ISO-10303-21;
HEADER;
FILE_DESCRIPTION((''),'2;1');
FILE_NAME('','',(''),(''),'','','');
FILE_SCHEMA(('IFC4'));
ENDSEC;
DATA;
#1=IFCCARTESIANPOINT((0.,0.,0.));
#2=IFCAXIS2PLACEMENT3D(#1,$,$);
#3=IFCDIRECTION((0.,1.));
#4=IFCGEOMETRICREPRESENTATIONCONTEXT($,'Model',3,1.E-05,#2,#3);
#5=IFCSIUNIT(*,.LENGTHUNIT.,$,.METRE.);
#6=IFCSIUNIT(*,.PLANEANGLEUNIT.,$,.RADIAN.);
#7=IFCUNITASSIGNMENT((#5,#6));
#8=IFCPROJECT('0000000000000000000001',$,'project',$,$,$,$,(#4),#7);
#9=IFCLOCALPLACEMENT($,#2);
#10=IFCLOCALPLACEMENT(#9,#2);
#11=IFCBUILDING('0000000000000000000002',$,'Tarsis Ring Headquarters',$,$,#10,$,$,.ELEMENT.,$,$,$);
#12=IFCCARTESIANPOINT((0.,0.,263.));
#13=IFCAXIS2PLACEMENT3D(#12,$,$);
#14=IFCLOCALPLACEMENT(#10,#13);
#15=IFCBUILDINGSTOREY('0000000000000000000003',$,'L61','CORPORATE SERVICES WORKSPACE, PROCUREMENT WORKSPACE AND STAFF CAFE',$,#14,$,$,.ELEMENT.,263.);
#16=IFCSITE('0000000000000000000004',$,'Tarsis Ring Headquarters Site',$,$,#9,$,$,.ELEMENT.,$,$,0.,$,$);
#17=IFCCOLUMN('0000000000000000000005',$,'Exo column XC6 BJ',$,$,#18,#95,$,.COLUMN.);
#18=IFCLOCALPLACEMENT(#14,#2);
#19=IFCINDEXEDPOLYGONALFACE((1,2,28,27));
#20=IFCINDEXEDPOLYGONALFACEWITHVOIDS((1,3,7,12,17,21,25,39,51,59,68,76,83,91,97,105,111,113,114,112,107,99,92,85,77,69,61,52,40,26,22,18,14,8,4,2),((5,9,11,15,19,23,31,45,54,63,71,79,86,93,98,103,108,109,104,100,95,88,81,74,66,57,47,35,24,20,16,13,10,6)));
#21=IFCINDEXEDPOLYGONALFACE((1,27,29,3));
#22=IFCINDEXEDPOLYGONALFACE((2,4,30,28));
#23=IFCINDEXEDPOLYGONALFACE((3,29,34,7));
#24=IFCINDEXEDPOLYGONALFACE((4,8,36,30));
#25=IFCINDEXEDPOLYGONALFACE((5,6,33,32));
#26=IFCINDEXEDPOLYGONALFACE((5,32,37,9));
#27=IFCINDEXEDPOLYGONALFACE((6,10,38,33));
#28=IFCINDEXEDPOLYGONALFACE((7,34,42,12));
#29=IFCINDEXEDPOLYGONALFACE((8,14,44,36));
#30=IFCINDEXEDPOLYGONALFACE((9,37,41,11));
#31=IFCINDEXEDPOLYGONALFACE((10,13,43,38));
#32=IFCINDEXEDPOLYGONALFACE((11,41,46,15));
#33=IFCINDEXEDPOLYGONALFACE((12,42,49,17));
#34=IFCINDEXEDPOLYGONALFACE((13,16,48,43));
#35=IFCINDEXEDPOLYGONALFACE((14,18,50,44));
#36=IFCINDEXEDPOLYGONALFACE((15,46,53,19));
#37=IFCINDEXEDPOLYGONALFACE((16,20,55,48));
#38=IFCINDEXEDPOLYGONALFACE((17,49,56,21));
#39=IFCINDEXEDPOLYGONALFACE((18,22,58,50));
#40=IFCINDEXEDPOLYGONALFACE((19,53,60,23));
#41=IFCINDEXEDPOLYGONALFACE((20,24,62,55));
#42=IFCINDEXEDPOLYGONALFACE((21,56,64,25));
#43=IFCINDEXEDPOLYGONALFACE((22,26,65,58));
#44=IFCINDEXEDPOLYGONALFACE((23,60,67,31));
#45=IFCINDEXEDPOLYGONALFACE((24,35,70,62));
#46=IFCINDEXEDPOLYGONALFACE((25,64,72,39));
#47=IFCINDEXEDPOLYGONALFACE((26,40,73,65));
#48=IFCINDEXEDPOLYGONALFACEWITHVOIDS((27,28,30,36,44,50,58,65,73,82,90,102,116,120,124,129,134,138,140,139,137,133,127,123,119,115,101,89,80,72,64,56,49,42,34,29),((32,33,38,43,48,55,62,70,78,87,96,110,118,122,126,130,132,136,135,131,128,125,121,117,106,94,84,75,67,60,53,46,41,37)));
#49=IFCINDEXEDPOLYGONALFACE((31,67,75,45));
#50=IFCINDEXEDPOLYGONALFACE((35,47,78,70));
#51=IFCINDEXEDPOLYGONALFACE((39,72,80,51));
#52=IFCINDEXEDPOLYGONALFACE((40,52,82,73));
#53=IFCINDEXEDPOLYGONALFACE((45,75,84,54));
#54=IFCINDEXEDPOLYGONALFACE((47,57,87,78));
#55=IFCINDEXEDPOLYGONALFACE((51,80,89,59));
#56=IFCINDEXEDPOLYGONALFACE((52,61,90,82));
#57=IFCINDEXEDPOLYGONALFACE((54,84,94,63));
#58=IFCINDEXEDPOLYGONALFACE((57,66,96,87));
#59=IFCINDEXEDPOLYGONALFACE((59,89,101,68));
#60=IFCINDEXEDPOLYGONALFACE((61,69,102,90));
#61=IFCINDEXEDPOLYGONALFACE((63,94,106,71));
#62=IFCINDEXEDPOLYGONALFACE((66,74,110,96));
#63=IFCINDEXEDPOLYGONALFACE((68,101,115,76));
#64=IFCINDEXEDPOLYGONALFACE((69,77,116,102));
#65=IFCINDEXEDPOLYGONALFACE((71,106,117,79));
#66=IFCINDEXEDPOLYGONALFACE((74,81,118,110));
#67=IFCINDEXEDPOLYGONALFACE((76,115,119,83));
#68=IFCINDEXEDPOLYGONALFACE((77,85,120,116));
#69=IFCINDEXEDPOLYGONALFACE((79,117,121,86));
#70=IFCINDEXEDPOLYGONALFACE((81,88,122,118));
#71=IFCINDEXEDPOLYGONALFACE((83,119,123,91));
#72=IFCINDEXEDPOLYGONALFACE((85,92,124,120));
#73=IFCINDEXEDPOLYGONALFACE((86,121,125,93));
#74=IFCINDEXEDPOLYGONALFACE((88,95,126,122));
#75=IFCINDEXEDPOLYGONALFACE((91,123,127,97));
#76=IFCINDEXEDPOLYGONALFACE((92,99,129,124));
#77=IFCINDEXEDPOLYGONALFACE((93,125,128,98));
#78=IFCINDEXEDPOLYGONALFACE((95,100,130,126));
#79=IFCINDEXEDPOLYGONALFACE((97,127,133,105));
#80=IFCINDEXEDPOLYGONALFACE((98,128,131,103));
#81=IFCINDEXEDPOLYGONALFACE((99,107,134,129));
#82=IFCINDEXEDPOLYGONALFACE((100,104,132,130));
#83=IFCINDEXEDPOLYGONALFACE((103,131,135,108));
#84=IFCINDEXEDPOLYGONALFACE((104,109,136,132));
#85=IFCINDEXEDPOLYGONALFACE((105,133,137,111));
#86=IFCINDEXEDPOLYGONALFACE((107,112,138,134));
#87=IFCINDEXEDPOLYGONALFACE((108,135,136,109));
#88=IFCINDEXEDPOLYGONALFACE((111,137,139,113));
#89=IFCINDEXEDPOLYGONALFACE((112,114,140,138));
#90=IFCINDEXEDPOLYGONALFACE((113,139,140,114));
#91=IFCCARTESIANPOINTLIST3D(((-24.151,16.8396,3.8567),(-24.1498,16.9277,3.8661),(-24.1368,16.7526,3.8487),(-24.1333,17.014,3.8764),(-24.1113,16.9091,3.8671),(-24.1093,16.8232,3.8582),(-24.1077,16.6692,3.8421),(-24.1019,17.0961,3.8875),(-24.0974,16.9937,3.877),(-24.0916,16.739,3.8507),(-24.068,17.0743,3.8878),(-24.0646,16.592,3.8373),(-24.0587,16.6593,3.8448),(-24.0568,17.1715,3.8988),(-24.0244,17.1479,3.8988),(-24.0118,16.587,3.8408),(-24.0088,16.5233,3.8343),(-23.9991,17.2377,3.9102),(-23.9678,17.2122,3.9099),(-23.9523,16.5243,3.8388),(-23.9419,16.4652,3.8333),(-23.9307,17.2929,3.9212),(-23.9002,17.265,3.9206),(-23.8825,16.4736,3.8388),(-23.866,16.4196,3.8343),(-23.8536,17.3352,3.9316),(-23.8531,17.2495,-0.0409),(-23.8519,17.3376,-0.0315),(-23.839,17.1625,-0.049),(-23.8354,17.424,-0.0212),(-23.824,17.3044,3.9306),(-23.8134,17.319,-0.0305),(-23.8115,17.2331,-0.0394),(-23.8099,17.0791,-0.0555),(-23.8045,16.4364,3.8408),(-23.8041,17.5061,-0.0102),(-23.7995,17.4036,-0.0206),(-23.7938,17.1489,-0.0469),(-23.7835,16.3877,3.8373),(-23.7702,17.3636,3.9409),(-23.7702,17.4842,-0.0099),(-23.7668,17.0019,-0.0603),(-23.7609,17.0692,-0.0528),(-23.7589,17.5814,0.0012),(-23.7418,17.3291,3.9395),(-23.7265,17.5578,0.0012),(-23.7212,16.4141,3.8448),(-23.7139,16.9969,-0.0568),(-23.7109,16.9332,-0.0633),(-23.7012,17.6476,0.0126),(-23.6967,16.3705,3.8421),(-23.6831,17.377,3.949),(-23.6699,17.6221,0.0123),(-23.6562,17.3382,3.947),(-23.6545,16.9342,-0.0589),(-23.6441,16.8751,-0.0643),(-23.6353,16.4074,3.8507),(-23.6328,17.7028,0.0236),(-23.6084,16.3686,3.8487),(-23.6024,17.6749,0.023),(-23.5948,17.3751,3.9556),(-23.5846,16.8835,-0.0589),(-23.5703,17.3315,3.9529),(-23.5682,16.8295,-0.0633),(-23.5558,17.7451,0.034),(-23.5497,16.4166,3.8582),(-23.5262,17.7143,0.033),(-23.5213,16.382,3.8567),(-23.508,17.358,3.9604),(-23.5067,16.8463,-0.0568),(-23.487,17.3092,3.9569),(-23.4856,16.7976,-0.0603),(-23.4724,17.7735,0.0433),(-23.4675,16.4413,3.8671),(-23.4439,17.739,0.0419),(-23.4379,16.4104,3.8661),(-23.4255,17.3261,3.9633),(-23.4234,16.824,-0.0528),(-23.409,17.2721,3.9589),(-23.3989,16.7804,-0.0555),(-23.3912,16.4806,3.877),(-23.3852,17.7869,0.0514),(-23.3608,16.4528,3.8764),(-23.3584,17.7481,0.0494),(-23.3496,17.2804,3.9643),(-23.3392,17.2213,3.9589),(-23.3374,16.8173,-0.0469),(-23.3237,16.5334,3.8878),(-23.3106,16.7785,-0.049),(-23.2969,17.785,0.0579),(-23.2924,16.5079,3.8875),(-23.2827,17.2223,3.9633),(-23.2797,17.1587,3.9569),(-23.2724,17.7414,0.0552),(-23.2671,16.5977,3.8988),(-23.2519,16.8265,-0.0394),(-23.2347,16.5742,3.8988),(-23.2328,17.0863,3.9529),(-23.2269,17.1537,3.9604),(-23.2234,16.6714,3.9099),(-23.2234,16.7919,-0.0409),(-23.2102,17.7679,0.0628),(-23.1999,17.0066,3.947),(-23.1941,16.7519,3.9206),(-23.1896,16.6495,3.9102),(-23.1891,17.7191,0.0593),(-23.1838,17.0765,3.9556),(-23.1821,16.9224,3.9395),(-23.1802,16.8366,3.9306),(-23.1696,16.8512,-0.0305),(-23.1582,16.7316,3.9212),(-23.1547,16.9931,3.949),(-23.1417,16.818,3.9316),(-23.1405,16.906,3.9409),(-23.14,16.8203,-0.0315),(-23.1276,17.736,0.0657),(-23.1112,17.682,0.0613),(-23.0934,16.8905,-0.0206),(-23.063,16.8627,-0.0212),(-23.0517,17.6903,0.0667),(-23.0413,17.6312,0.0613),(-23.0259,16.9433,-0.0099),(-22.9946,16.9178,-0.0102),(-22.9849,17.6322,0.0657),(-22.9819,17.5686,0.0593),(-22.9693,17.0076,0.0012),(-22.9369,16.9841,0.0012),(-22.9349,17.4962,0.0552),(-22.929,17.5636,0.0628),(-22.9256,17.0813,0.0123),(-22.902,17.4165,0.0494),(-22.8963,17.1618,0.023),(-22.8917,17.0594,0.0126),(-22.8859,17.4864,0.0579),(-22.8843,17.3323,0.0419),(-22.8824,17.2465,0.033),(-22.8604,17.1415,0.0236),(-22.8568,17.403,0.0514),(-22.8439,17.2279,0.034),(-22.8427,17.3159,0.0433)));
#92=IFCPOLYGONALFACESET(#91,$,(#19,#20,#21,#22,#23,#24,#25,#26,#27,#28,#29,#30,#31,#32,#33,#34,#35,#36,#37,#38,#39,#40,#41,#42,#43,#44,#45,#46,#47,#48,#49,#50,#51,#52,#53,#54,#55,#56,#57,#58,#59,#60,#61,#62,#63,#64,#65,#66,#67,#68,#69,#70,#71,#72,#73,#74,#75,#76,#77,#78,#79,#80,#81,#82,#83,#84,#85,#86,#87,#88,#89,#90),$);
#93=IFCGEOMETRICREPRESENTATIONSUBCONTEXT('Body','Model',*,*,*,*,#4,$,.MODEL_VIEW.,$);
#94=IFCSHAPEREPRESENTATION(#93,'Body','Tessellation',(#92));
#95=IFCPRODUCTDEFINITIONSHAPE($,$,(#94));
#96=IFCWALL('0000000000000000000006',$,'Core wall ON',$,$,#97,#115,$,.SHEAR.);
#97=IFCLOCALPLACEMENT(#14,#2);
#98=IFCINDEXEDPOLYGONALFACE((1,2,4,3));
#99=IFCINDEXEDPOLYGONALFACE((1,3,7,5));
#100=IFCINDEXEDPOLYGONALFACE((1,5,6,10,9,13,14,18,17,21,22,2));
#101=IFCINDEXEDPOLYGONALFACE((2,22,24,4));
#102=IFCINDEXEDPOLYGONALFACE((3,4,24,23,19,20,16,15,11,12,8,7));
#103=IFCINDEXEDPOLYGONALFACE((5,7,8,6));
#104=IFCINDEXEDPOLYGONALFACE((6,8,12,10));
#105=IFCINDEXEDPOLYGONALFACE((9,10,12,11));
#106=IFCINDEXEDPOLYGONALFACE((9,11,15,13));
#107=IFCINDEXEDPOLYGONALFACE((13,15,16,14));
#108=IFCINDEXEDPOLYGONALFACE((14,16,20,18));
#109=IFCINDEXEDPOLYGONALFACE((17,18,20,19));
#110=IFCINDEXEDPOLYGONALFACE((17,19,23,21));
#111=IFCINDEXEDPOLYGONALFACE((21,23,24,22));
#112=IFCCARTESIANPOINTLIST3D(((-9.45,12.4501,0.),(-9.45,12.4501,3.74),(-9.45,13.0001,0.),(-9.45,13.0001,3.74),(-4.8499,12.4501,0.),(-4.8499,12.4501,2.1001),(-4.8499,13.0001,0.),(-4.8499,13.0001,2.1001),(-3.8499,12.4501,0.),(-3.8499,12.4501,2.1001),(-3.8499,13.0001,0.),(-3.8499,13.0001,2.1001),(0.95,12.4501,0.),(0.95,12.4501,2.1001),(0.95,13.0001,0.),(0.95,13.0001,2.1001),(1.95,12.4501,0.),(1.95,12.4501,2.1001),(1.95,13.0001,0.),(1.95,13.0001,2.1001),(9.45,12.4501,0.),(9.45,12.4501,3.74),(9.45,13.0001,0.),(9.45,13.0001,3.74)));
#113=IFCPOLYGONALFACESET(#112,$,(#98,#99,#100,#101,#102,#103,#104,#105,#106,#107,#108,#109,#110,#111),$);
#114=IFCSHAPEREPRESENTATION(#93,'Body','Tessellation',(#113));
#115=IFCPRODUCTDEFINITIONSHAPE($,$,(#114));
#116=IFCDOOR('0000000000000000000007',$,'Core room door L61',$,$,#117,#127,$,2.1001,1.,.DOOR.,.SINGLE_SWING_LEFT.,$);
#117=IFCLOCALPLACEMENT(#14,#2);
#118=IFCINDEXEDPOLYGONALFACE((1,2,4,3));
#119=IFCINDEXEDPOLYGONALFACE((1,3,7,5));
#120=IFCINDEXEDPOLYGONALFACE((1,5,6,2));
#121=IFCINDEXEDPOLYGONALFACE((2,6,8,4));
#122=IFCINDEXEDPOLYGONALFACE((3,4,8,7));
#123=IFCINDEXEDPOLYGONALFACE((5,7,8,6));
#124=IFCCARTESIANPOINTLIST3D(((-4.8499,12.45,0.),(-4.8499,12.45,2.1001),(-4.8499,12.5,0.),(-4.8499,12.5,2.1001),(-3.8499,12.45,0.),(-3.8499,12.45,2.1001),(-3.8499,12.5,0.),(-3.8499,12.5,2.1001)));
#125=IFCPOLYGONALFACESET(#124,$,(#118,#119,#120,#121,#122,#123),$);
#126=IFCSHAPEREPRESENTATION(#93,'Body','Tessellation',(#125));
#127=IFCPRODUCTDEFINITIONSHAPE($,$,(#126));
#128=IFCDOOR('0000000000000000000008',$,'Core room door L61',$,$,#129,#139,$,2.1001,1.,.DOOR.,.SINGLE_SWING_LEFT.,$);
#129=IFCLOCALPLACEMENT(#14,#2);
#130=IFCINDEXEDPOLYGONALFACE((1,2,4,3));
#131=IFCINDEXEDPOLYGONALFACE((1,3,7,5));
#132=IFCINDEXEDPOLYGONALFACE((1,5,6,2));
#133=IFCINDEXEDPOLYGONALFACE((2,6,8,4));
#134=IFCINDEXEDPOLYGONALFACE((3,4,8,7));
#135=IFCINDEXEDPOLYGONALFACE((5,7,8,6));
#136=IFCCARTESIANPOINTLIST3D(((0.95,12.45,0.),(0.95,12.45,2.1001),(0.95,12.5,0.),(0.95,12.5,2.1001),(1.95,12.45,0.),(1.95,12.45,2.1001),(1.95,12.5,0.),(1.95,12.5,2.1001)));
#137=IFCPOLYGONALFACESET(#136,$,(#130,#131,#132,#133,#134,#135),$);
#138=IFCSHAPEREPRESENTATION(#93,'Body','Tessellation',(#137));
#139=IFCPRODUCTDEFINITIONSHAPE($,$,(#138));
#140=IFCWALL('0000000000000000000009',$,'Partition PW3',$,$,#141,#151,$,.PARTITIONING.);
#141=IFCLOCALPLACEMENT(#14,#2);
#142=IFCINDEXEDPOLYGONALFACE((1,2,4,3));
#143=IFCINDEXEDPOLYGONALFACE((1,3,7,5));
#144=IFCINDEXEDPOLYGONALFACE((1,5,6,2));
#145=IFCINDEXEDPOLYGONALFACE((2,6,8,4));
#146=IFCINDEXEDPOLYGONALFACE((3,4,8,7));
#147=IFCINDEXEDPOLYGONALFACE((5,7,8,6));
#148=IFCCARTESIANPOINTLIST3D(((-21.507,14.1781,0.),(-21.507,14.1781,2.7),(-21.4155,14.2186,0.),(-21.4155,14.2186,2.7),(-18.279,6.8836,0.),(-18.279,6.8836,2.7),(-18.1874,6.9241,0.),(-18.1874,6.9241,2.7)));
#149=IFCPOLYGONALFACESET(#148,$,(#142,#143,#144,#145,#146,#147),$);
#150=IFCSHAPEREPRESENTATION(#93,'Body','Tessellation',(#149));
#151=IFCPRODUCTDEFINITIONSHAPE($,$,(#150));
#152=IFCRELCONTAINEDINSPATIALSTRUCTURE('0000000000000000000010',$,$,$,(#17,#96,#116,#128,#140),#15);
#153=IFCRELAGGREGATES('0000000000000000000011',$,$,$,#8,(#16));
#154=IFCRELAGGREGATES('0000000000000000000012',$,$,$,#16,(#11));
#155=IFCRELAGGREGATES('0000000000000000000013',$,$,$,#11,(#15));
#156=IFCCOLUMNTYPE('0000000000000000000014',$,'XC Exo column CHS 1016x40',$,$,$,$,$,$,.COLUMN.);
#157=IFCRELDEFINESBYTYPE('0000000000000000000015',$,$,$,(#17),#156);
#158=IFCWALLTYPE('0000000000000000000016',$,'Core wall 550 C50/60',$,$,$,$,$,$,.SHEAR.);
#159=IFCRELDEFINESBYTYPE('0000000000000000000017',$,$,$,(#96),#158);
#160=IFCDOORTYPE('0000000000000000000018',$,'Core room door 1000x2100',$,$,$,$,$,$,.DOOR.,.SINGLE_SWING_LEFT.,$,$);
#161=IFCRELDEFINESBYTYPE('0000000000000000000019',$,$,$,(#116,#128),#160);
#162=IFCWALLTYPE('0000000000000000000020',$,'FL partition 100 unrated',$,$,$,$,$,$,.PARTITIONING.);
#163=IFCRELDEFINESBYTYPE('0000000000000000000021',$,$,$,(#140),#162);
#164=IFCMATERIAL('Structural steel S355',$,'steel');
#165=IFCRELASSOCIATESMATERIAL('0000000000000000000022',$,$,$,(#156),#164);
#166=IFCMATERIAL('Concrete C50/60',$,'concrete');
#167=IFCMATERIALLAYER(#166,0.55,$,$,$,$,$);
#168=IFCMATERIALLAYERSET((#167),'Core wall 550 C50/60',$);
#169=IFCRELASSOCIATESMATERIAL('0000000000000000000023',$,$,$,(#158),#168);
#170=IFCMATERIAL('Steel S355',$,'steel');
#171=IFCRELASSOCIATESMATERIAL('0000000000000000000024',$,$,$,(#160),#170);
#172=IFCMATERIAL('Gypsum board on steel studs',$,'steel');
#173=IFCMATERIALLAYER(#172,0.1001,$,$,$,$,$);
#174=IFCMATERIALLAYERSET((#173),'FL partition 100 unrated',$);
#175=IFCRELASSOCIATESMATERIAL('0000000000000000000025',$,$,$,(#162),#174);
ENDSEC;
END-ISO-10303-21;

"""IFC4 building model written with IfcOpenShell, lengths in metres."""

from ifc_helpers import new_model, si_unit, direction, frame, frame_2d, origin, origin_2d, place, context, subcontext, project, spatial, rectangle, hollow_circle, extrude, material, layer, layer_set, material_profile, profile_set, type_object, element, fill, save


model = new_model("IFC4")

# Units and contexts
model_context = context("Model", 3, precision=1e-05, world=origin(), true_north=direction((0.0, 1.0)))
body_context = subcontext(model_context, "Body", "Model", "MODEL_VIEW")
ifc_project = project(units=[si_unit("LENGTHUNIT", "METRE"), si_unit("PLANEANGLEUNIT", "RADIAN")], contexts=[model_context])

# Site, building, storey
site_placement = place(None, origin())
site = spatial("IfcSite", under=ifc_project, at=site_placement, Name="Tarsis Ring Headquarters Site", CompositionType="ELEMENT", RefElevation=0.0)
building_placement = place(site_placement, origin())
building = spatial("IfcBuilding", under=site, at=building_placement, Name="Tarsis Ring Headquarters", CompositionType="ELEMENT")
storey_placement = place(building_placement, frame((0.0, 0.0, 263.0)))
storey = spatial("IfcBuildingStorey", under=building, at=storey_placement, Name="L61", Description="CORPORATE SERVICES WORKSPACE, PROCUREMENT WORKSPACE AND STAFF CAFE", CompositionType="ELEMENT", Elevation=263.0)

# Column
ifc_material_1 = material(Name="Structural steel S355", Category="steel")
ifc_material_profile_1 = material_profile(ifc_material_1, hollow_circle(Radius=0.5081, WallThickness=0.04, at=origin_2d()), Name="CHS 1016x40")
ifc_profile_set_1 = profile_set([ifc_material_profile_1], Name="Structural steel S355")
column_type = type_object("IfcColumnType", Name="XC Exo column CHS 1016x40", PredefinedType="COLUMN", material=ifc_profile_set_1)
column_placement = place(storey_placement, frame((-23.3479, 17.2827, 0.0012), z_axis=(-0.07578, -0.10429, 0.991656), x_axis=(0.808986, -0.587828, 0.0)))
element("IfcColumn", 1, at=column_placement, inside=storey, type_object=column_type, Name="Exo column XC6 BJ", PredefinedType="COLUMN", context=body_context, shape_type="SweptSolid", body=[
    extrude(hollow_circle(Radius=0.5081, WallThickness=0.04, at=origin_2d()), origin(), (0.0, 0.0, 1.0), 3.9304),
])

# Wall, openings, doors
ifc_material_2 = material(Name="Concrete C50/60", Category="concrete")
ifc_layer_1 = layer(ifc_material_2, 0.55)
ifc_layer_set_1 = layer_set([ifc_layer_1], Name="Core wall 550 C50/60")
wall_type_1 = type_object("IfcWallType", Name="Core wall 550 C50/60", PredefinedType="SHEAR", material=ifc_layer_set_1)
wall_1_placement = place(storey_placement, frame((-9.45, 12.7251, 0.0), z_axis=(0.0, 0.0, 1.0), x_axis=(1.0, 0.0, 0.0)))
wall_1 = element("IfcWall", 2, at=wall_1_placement, inside=storey, type_object=wall_type_1, Name="Core wall ON", PredefinedType="SHEAR", context=body_context, shape_type="SweptSolid", body=[
    extrude(rectangle(XDim=18.8999, YDim=0.55, at=frame_2d((9.45, 0.0))), origin(), (0.0, 0.0, 1.0), 3.74),
])
opening_1_placement = place(wall_1_placement, frame((4.6001, 0.0, 0.0)))
opening_1 = element("IfcOpeningElement", 3, at=opening_1_placement, cuts=wall_1, PredefinedType="OPENING", context=body_context, shape_type="SweptSolid", body=[
    extrude(rectangle(XDim=1.0, YDim=2.1001, at=frame_2d((0.5, 1.05))), frame((0.0, 0.2849, 0.0), z_axis=(0.0, -1.0, 0.0), x_axis=(1.0, 0.0, 0.0)), (0.0, 0.0, 1.0), 0.5701),
])
opening_2_placement = place(wall_1_placement, frame((10.3999, 0.0, 0.0)))
opening_2 = element("IfcOpeningElement", 4, at=opening_2_placement, cuts=wall_1, PredefinedType="OPENING", context=body_context, shape_type="SweptSolid", body=[
    extrude(rectangle(XDim=1.0, YDim=2.1001, at=frame_2d((0.5, 1.05))), frame((0.0, 0.2849, 0.0), z_axis=(0.0, -1.0, 0.0), x_axis=(1.0, 0.0, 0.0)), (0.0, 0.0, 1.0), 0.5701),
])
ifc_material_3 = material(Name="Steel S355", Category="steel")
door_type_1 = type_object("IfcDoorType", Name="Core room door 1000x2100", OperationType="SINGLE_SWING_LEFT", PredefinedType="DOOR", material=ifc_material_3)
door_1_placement = place(opening_1_placement, origin())
door_1 = element("IfcDoor", 5, at=door_1_placement, inside=storey, type_object=door_type_1, Name="Core room door L61", OperationType="SINGLE_SWING_LEFT", OverallHeight=2.1001, OverallWidth=1.0, PredefinedType="DOOR", context=body_context, shape_type="SweptSolid", body=[
    extrude(rectangle(XDim=1.0, YDim=2.1001, at=frame_2d((0.5, 1.05))), frame((0.0, -0.2251, 0.0), z_axis=(0.0, -1.0, 0.0), x_axis=(1.0, 0.0, 0.0)), (0.0, 0.0, 1.0), 0.05),
])
fill(opening_1, door_1)
door_2_placement = place(opening_2_placement, origin())
door_2 = element("IfcDoor", 6, at=door_2_placement, inside=storey, type_object=door_type_1, Name="Core room door L61", OperationType="SINGLE_SWING_LEFT", OverallHeight=2.1001, OverallWidth=1.0, PredefinedType="DOOR", context=body_context, shape_type="SweptSolid", body=[
    extrude(rectangle(XDim=1.0, YDim=2.1001, at=frame_2d((0.5, 1.05))), frame((0.0, -0.2251, 0.0), z_axis=(0.0, -1.0, 0.0), x_axis=(1.0, 0.0, 0.0)), (0.0, 0.0, 1.0), 0.05),
])
fill(opening_2, door_2)

# Wall
ifc_material_4 = material(Name="Gypsum board on steel studs", Category="steel")
ifc_layer_2 = layer(ifc_material_4, 0.1001)
ifc_layer_set_2 = layer_set([ifc_layer_2], Name="FL partition 100 unrated")
wall_type_2 = type_object("IfcWallType", Name="FL partition 100 unrated", PredefinedType="PARTITIONING", material=ifc_layer_set_2)
wall_2_placement = place(storey_placement, frame((-21.4612, 14.1982, 0.0), z_axis=(0.0, 0.0, 1.0), x_axis=(0.404678, -0.914459, 0.0)))
element("IfcWall", 7, at=wall_2_placement, inside=storey, type_object=wall_type_2, Name="Partition PW3", PredefinedType="PARTITIONING", context=body_context, shape_type="SweptSolid", body=[
    extrude(rectangle(XDim=7.9768, YDim=0.1001, at=frame_2d((3.9883, 0.0))), origin(), (0.0, 0.0, 1.0), 2.7),
])

save(model, "model.ifc")
